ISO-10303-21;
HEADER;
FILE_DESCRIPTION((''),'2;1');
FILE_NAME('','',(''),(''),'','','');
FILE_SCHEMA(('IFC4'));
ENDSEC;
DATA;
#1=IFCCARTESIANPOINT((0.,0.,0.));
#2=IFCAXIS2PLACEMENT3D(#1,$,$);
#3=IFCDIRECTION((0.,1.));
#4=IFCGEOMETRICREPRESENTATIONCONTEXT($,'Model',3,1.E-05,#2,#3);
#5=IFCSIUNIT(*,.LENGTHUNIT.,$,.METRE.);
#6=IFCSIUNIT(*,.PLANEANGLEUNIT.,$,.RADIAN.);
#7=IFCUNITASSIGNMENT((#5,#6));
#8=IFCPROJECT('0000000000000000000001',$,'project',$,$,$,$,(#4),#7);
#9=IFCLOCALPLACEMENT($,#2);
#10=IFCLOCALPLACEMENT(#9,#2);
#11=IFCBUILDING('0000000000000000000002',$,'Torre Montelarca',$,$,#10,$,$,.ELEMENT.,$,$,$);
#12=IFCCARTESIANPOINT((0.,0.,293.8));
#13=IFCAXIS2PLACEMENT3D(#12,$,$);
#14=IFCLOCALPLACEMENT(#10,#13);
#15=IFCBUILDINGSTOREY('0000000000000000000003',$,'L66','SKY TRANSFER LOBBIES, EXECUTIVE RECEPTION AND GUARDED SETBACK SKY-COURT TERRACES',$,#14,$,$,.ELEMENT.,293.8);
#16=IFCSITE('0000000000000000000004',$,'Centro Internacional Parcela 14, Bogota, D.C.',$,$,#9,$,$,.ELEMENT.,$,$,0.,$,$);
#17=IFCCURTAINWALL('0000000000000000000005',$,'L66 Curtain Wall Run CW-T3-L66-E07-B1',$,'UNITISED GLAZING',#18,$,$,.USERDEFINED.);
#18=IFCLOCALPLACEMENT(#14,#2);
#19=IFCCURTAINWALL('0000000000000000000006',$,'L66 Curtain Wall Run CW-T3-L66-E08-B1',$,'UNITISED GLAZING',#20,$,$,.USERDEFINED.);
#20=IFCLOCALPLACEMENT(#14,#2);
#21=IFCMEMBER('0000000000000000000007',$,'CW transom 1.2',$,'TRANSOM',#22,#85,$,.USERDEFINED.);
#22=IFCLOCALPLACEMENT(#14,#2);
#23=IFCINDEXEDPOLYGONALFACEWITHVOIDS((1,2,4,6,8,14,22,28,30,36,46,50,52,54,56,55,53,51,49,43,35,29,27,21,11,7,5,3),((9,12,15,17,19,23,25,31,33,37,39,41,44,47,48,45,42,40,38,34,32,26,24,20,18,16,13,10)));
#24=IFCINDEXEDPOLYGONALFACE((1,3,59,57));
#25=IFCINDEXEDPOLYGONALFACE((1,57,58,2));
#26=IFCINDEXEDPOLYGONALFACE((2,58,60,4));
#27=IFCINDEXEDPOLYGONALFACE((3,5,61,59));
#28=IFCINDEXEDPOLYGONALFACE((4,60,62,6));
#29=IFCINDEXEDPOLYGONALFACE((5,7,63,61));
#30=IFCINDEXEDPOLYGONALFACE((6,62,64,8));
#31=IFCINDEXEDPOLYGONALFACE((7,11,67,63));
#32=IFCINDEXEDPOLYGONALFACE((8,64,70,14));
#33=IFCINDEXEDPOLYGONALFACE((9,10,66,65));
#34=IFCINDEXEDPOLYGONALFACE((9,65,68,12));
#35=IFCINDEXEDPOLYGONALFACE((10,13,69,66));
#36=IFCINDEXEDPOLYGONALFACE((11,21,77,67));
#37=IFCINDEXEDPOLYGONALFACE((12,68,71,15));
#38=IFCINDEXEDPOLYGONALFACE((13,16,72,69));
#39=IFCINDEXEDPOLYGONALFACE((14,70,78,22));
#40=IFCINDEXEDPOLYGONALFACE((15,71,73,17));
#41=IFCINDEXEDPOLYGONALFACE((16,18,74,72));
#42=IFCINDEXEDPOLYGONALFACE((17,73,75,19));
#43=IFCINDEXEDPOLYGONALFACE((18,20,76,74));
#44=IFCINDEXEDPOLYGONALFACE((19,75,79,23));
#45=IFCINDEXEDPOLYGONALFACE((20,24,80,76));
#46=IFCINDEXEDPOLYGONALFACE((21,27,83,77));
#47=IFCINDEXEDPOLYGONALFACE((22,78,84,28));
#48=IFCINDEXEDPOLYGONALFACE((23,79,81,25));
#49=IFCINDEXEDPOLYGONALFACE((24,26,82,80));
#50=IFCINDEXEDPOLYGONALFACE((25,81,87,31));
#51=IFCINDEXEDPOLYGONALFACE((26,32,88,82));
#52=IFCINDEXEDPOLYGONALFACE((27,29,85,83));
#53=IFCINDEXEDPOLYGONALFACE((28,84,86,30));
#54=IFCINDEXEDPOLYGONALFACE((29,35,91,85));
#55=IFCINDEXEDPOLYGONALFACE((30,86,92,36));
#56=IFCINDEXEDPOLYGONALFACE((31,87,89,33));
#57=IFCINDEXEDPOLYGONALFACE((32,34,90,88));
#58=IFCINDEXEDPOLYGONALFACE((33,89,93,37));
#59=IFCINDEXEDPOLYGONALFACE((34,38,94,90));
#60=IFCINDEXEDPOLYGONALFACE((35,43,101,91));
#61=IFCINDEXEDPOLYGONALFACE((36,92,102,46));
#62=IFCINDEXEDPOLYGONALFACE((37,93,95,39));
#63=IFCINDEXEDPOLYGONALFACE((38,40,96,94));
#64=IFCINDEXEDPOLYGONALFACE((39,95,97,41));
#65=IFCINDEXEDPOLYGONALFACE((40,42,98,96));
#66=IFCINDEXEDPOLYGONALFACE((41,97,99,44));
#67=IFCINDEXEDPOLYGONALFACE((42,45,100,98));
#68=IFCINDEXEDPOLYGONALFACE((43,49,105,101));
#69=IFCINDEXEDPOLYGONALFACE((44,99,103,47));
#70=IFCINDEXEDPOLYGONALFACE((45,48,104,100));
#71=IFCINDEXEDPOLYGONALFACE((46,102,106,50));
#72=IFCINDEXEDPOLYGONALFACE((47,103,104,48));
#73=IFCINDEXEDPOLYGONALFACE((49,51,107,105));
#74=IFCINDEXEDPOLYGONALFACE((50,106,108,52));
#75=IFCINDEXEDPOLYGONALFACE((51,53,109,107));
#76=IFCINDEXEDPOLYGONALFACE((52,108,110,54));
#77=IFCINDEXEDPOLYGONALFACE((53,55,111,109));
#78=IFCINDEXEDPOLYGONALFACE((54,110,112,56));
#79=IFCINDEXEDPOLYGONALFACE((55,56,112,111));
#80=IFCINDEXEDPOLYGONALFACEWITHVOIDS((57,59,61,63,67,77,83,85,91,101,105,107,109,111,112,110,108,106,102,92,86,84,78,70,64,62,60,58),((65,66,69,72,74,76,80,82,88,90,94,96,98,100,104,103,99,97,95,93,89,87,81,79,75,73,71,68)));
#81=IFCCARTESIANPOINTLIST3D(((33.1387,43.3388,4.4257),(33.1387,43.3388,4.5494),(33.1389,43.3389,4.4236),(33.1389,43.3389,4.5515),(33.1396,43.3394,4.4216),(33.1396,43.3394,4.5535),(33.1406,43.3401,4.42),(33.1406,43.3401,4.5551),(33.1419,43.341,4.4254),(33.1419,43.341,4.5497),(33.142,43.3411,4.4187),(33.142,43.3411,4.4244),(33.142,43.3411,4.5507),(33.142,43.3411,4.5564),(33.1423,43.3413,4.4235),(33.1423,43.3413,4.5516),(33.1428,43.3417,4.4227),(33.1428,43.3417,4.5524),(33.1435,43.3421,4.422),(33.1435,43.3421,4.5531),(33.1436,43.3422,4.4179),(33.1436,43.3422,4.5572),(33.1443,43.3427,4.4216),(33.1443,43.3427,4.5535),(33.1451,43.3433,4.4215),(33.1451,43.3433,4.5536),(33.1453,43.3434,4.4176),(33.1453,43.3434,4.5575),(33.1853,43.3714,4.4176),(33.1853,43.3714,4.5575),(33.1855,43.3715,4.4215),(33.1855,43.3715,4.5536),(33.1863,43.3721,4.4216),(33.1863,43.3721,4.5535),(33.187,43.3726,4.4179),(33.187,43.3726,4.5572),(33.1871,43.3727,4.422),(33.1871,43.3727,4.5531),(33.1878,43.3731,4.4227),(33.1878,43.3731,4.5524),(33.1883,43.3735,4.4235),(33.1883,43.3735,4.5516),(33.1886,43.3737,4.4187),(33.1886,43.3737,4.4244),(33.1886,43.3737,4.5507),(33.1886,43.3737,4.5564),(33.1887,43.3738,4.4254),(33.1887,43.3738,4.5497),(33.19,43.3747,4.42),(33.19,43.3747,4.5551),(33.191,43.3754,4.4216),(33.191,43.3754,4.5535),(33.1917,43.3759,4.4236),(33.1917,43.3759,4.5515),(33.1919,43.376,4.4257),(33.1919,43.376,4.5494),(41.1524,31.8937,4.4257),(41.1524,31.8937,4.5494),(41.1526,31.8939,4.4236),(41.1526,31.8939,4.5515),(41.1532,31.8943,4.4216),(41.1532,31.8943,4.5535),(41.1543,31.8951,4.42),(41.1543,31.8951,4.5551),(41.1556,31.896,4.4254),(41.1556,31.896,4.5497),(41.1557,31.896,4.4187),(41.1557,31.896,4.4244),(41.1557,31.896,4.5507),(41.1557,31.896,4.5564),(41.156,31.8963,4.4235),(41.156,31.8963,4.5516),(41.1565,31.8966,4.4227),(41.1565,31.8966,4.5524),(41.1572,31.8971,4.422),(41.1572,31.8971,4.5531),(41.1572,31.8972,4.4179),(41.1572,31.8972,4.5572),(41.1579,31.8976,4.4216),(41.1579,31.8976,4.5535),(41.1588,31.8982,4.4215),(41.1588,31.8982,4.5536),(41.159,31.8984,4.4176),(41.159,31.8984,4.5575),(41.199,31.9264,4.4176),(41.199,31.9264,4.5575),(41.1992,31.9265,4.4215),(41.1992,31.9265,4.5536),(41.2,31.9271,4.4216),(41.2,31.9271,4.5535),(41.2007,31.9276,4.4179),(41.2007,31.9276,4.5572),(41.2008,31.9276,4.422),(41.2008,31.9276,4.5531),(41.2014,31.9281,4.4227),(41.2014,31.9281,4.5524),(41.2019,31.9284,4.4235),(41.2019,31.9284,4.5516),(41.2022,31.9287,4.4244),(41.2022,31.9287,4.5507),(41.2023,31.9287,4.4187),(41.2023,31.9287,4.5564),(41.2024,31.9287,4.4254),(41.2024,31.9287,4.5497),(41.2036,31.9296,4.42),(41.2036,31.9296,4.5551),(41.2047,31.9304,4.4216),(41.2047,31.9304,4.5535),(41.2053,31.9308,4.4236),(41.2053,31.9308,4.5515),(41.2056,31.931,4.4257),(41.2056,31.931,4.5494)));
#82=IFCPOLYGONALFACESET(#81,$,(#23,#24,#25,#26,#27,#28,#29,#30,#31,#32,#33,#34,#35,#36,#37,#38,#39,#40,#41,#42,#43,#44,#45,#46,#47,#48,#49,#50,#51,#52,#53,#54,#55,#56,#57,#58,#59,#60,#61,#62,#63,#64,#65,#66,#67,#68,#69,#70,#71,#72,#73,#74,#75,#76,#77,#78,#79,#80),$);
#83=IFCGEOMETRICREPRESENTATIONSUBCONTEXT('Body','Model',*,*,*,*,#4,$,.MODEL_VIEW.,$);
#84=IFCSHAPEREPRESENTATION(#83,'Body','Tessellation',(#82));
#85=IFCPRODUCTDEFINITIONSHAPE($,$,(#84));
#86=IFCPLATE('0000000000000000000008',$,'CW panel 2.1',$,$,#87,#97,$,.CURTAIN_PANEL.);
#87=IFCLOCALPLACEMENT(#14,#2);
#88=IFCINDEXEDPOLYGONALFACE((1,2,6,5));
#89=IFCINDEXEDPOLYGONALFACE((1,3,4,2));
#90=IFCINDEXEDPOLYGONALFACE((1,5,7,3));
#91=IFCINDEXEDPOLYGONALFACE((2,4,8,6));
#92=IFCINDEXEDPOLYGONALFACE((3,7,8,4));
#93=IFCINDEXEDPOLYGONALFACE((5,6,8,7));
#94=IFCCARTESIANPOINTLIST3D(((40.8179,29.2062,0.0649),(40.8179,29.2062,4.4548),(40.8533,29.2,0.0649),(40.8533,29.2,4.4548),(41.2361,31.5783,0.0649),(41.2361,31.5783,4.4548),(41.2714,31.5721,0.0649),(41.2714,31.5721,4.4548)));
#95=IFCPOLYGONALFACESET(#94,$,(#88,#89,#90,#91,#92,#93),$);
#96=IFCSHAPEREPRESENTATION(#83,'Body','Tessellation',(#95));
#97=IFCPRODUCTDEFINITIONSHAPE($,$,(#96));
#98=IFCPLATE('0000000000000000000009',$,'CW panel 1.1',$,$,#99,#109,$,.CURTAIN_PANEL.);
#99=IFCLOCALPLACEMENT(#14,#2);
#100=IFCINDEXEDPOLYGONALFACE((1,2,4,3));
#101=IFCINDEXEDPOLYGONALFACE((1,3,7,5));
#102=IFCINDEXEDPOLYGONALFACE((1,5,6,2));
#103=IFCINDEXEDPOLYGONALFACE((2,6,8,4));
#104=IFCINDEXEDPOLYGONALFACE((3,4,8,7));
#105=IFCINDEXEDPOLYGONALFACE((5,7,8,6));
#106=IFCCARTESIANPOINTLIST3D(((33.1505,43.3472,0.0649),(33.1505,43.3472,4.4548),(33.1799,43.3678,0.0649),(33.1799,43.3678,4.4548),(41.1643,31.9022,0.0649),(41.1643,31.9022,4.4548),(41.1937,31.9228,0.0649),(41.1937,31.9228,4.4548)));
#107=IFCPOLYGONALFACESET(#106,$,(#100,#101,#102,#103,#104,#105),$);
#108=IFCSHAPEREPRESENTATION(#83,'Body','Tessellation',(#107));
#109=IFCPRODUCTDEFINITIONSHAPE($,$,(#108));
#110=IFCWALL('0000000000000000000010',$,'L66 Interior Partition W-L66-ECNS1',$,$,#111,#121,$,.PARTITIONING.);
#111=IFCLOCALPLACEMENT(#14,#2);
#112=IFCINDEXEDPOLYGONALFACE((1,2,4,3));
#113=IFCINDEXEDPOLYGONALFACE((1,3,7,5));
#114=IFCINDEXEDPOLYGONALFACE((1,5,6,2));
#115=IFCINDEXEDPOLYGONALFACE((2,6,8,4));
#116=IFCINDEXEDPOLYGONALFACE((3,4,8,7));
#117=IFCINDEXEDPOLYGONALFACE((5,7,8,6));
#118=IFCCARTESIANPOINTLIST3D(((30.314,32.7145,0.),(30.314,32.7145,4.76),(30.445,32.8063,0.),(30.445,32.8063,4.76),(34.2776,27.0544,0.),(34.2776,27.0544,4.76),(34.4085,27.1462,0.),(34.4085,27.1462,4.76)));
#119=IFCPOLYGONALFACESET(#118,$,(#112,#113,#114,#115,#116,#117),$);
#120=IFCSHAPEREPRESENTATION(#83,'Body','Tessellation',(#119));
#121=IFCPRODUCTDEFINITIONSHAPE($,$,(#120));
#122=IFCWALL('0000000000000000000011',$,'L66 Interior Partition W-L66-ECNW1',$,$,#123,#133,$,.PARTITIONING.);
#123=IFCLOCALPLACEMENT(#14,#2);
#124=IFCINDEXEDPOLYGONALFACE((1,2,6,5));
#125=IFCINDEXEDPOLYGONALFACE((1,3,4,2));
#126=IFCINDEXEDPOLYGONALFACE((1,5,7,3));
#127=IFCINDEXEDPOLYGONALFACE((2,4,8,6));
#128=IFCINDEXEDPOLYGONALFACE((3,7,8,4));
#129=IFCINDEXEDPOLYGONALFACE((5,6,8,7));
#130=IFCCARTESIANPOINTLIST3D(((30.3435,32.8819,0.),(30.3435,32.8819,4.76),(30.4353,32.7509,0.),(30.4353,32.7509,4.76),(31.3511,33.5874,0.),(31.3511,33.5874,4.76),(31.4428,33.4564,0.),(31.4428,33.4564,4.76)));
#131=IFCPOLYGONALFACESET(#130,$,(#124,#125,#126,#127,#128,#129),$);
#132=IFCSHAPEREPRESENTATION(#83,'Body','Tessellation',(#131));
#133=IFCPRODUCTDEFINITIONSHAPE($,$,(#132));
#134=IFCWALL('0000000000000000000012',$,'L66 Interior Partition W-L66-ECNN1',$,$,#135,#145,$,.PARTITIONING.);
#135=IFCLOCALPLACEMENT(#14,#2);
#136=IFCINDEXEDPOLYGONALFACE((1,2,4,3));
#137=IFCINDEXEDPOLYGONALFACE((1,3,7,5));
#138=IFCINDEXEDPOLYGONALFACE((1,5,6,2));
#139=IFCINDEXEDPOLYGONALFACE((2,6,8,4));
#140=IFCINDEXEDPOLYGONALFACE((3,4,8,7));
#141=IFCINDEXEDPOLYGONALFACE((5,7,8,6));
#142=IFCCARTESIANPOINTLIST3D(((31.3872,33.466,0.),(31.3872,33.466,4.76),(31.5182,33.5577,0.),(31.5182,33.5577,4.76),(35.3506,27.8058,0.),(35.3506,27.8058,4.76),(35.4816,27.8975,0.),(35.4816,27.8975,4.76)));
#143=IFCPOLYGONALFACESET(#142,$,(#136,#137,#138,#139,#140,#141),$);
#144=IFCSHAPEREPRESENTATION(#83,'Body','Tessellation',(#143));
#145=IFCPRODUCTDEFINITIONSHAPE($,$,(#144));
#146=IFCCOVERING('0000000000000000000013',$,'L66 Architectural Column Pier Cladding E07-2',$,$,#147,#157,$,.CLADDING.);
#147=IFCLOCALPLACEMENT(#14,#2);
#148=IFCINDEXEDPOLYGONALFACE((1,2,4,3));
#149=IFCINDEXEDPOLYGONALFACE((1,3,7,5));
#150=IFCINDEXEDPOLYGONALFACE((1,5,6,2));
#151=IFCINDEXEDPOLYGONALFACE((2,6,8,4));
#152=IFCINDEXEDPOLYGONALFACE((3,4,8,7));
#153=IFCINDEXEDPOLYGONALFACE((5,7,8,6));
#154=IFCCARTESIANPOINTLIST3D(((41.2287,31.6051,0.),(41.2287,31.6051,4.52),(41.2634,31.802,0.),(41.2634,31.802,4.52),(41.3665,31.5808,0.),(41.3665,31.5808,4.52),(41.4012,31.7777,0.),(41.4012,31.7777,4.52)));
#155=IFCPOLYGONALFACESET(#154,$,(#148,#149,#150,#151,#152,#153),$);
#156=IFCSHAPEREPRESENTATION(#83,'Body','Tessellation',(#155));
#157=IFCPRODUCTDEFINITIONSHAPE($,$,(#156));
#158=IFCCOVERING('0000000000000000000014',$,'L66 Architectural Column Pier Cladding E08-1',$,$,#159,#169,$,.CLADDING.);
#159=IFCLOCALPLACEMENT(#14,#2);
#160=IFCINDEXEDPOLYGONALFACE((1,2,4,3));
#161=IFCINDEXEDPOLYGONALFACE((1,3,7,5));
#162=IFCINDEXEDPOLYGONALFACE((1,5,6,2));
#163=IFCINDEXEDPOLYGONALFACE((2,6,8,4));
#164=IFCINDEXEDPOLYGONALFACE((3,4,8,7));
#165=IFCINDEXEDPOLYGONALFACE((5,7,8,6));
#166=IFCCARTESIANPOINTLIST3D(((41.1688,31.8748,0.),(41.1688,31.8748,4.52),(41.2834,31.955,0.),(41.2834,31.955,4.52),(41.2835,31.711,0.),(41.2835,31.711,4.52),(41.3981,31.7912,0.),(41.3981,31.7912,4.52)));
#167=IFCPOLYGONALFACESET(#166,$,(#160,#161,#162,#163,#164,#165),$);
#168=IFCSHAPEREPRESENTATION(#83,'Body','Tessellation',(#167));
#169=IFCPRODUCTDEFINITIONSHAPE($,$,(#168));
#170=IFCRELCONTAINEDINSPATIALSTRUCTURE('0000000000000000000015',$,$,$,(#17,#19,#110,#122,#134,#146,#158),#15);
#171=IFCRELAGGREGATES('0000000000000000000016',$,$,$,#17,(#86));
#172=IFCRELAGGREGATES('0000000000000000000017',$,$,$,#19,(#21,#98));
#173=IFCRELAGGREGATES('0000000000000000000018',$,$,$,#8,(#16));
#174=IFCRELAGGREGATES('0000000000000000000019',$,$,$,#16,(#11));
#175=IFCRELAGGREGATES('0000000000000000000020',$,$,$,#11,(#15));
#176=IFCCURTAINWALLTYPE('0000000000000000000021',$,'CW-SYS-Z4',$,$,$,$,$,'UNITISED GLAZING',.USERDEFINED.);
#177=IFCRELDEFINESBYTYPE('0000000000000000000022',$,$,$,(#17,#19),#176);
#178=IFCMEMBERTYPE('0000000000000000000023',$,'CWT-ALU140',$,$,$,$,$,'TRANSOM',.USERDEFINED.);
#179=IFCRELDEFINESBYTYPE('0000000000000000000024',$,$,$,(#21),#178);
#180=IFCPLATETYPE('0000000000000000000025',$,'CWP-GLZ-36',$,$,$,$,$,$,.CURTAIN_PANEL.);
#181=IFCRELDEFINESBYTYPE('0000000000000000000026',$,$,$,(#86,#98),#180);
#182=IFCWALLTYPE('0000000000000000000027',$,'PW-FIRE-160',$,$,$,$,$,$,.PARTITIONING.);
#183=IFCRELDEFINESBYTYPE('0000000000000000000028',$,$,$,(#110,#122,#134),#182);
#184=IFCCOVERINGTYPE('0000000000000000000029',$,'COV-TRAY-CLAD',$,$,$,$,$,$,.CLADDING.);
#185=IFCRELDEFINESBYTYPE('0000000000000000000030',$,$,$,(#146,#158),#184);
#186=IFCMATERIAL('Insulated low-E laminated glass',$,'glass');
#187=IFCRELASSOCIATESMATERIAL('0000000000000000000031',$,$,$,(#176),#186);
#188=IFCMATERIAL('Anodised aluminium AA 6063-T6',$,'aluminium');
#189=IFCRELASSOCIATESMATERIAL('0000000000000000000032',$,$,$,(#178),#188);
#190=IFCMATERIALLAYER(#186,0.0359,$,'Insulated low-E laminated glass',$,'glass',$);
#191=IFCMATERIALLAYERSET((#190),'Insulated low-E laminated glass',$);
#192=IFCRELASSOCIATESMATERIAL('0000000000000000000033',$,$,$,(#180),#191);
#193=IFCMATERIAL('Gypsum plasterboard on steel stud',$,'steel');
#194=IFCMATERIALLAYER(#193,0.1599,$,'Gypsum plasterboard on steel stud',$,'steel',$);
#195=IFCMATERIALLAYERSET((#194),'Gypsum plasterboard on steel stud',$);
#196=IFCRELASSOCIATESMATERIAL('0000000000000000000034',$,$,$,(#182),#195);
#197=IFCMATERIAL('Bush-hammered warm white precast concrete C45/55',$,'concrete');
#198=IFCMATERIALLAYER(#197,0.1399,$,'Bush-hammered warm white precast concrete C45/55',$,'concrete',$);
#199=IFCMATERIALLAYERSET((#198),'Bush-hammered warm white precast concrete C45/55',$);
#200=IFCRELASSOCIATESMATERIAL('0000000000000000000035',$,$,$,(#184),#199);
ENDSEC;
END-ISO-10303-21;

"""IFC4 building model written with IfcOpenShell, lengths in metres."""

from ifc_helpers import new_model, si_unit, direction, frame, frame_2d, origin, origin_2d, place, context, subcontext, project, spatial, rectangle, hollow_rectangle, extrude, source, transform, mapped, material, layer, layer_set, material_profile, profile_set, type_object, element, aggregate, save


model = new_model("IFC4")

# Units and contexts
model_context = context("Model", 3, precision=1e-05, world=origin(), true_north=direction((0.0, 1.0)))
body_context = subcontext(model_context, "Body", "Model", "MODEL_VIEW")
ifc_project = project(units=[si_unit("LENGTHUNIT", "METRE"), si_unit("PLANEANGLEUNIT", "RADIAN")], contexts=[model_context])

# Site, building, storey
site_placement = place(None, origin())
site = spatial("IfcSite", under=ifc_project, at=site_placement, Name="Centro Internacional Parcela 14, Bogota, D.C.", CompositionType="ELEMENT", RefElevation=0.0)
building_placement = place(site_placement, origin())
building = spatial("IfcBuilding", under=site, at=building_placement, Name="Torre Montelarca", CompositionType="ELEMENT")
storey_placement = place(building_placement, frame((0.0, 0.0, 293.8)))
storey = spatial("IfcBuildingStorey", under=building, at=storey_placement, Name="L66", Description="SKY TRANSFER LOBBIES, EXECUTIVE RECEPTION AND GUARDED SETBACK SKY-COURT TERRACES", CompositionType="ELEMENT", Elevation=293.8)

# Curtain wall
ifc_material_1 = material(Name="Insulated low-E laminated glass", Category="glass")
curtain_wall_type = type_object("IfcCurtainWallType", Name="CW-SYS-Z4", ElementType="UNITISED GLAZING", PredefinedType="USERDEFINED", material=ifc_material_1)
curtain_wall_1_placement = place(storey_placement, origin())
curtain_wall_1 = element("IfcCurtainWall", 1, at=curtain_wall_1_placement, inside=storey, type_object=curtain_wall_type, Name="L66 Curtain Wall Run CW-T3-L66-E07-B1", ObjectType="UNITISED GLAZING", PredefinedType="USERDEFINED")
ifc_material_2 = material(Name="Anodised aluminium AA 6063-T6", Category="aluminium")

# Curtain wall
curtain_wall_2_placement = place(storey_placement, origin())
curtain_wall_2 = element("IfcCurtainWall", 2, at=curtain_wall_2_placement, inside=storey, type_object=curtain_wall_type, Name="L66 Curtain Wall Run CW-T3-L66-E08-B1", ObjectType="UNITISED GLAZING", PredefinedType="USERDEFINED")

# Member
ifc_material_profile_1 = material_profile(ifc_material_2, hollow_rectangle(XDim=0.0649, YDim=0.1399, WallThickness=0.0039, InnerFilletRadius=0.0039, OuterFilletRadius=0.0081, at=origin_2d()), Name="ALU65X140X4", Category="aluminium")
ifc_profile_set_1 = profile_set([ifc_material_profile_1], Name="Anodised aluminium AA 6063-T6")
member_type_1 = type_object("IfcMemberType", Name="CWT-ALU140", ElementType="TRANSOM", PredefinedType="USERDEFINED", material=ifc_profile_set_1)
shared_shape_1 = source(origin(), body_context, "Body", "SweptSolid", [
    extrude(hollow_rectangle(XDim=0.0649, YDim=0.1399, WallThickness=0.0039, InnerFilletRadius=0.0039, OuterFilletRadius=0.0081, at=origin_2d()), origin(), (0.0, 0.0, 1.0), 13.9717),
])
member_1_placement = place(storey_placement, frame((41.179, 31.9124, 4.4875), z_axis=(-0.573564, 0.81916, 0.0), x_axis=(-0.81916, -0.573564, 0.0)))
member_1 = element("IfcMember", 3, at=member_1_placement, type_object=member_type_1, Name="CW transom 1.2", ObjectType="TRANSOM", PredefinedType="USERDEFINED", context=body_context, shape_type="MappedRepresentation", body=[
    mapped(shared_shape_1, transform((0.0, 0.0, 0.0), scale=1.0)),
])

# Plates
ifc_layer_1 = layer(ifc_material_1, 0.0359, Name="Insulated low-E laminated glass", Category="glass")
ifc_layer_set_1 = layer_set([ifc_layer_1], Name="Insulated low-E laminated glass")
plate_type = type_object("IfcPlateType", Name="CWP-GLZ-36", PredefinedType="CURTAIN_PANEL", material=ifc_layer_set_1)
shared_shape_2 = source(origin(), body_context, "Body", "SweptSolid", [
    extrude(rectangle(XDim=2.4087, YDim=0.0359, at=origin_2d()), origin(), (0.0, 0.0, 1.0), 4.3899),
])
plate_1_placement = place(storey_placement, frame((41.0447, 30.3892, 0.0649), z_axis=(0.0, 0.0, 1.0), x_axis=(0.173612, 0.984814, 0.0)))
plate_1 = element("IfcPlate", 4, at=plate_1_placement, type_object=plate_type, Name="CW panel 2.1", PredefinedType="CURTAIN_PANEL", context=body_context, shape_type="MappedRepresentation", body=[
    mapped(shared_shape_2, transform((0.0, 0.0, 0.0), scale=1.0)),
])
aggregate(curtain_wall_1, [plate_1])
shared_shape_3 = source(origin(), body_context, "Body", "SweptSolid", [
    extrude(rectangle(XDim=13.9717, YDim=0.0359, at=origin_2d()), origin(), (0.0, 0.0, 1.0), 4.3899),
])
plate_2_placement = place(storey_placement, frame((37.1721, 37.635, 0.0649), z_axis=(0.0, 0.0, 1.0), x_axis=(-0.573571, 0.819156, 0.0)))
plate_2 = element("IfcPlate", 5, at=plate_2_placement, type_object=plate_type, Name="CW panel 1.1", PredefinedType="CURTAIN_PANEL", context=body_context, shape_type="MappedRepresentation", body=[
    mapped(shared_shape_3, transform((0.0, 0.0, 0.0), scale=1.0)),
])
aggregate(curtain_wall_2, [member_1, plate_2])

# Walls
ifc_material_3 = material(Name="Gypsum plasterboard on steel stud", Category="steel")
ifc_layer_2 = layer(ifc_material_3, 0.1599, Name="Gypsum plasterboard on steel stud", Category="steel")
ifc_layer_set_2 = layer_set([ifc_layer_2], Name="Gypsum plasterboard on steel stud")
wall_type = type_object("IfcWallType", Name="PW-FIRE-160", PredefinedType="PARTITIONING", material=ifc_layer_set_2)
wall_1_placement = place(storey_placement, frame((30.3794, 32.7605, 0.0), z_axis=(0.0, 0.0, 1.0), x_axis=(0.573609, -0.819129, 0.0)))
element("IfcWall", 6, at=wall_1_placement, inside=storey, type_object=wall_type, Name="L66 Interior Partition W-L66-ECNS1", PredefinedType="PARTITIONING", context=body_context, shape_type="SweptSolid", body=[
    extrude(rectangle(XDim=6.9099, YDim=0.1599, at=frame_2d((3.4551, 0.0))), origin(), (0.0, 0.0, 1.0), 4.76),
])
wall_2_placement = place(storey_placement, frame((30.3894, 32.8164, 0.0), z_axis=(0.0, 0.0, 1.0), x_axis=(0.819129, 0.573609, 0.0)))
element("IfcWall", 7, at=wall_2_placement, inside=storey, type_object=wall_type, Name="L66 Interior Partition W-L66-ECNW1", PredefinedType="PARTITIONING", context=body_context, shape_type="SweptSolid", body=[
    extrude(rectangle(XDim=1.23, YDim=0.1599, at=frame_2d((0.615, 0.0))), origin(), (0.0, 0.0, 1.0), 4.76),
])
wall_3_placement = place(storey_placement, frame((31.4526, 33.512, 0.0), z_axis=(0.0, 0.0, 1.0), x_axis=(0.573586, -0.819146, 0.0)))
element("IfcWall", 8, at=wall_3_placement, inside=storey, type_object=wall_type, Name="L66 Interior Partition W-L66-ECNN1", PredefinedType="PARTITIONING", context=body_context, shape_type="SweptSolid", body=[
    extrude(rectangle(XDim=6.9099, YDim=0.1599, at=frame_2d((3.4551, 0.0))), origin(), (0.0, 0.0, 1.0), 4.76),
])

# Coverings
ifc_material_4 = material(Name="Bush-hammered warm white precast concrete C45/55", Category="concrete")
ifc_layer_3 = layer(ifc_material_4, 0.1399, Name="Bush-hammered warm white precast concrete C45/55", Category="concrete")
ifc_layer_set_3 = layer_set([ifc_layer_3], Name="Bush-hammered warm white precast concrete C45/55")
covering_type = type_object("IfcCoveringType", Name="COV-TRAY-CLAD", PredefinedType="CLADDING", material=ifc_layer_set_3)
shared_shape_4 = source(origin(), body_context, "Body", "SweptSolid", [
    extrude(rectangle(XDim=0.2, YDim=0.1399, at=origin_2d()), origin(), (0.0, 0.0, 1.0), 4.52),
])
for number, where, z_axis, x_axis, name in (
    (9, (41.3149, 31.6914, 0.0), (0.0, 0.0, 1.0), (0.173626, 0.984812, 0.0), "L66 Architectural Column Pier Cladding E07-2"),
    (10, (41.2834, 31.833, 0.0), (0.0, 0.0, 1.0), (-0.573574, 0.819154, 0.0), "L66 Architectural Column Pier Cladding E08-1"),
):
    element("IfcCovering", number, at=place(storey_placement, frame(where, z_axis=z_axis, x_axis=x_axis)), inside=storey, type_object=covering_type, Name=name, PredefinedType="CLADDING", context=body_context, shape_type="MappedRepresentation", body=[
        mapped(shared_shape_4, transform((0.0, 0.0, 0.0), scale=1.0)),
    ])

save(model, "model.ifc")
